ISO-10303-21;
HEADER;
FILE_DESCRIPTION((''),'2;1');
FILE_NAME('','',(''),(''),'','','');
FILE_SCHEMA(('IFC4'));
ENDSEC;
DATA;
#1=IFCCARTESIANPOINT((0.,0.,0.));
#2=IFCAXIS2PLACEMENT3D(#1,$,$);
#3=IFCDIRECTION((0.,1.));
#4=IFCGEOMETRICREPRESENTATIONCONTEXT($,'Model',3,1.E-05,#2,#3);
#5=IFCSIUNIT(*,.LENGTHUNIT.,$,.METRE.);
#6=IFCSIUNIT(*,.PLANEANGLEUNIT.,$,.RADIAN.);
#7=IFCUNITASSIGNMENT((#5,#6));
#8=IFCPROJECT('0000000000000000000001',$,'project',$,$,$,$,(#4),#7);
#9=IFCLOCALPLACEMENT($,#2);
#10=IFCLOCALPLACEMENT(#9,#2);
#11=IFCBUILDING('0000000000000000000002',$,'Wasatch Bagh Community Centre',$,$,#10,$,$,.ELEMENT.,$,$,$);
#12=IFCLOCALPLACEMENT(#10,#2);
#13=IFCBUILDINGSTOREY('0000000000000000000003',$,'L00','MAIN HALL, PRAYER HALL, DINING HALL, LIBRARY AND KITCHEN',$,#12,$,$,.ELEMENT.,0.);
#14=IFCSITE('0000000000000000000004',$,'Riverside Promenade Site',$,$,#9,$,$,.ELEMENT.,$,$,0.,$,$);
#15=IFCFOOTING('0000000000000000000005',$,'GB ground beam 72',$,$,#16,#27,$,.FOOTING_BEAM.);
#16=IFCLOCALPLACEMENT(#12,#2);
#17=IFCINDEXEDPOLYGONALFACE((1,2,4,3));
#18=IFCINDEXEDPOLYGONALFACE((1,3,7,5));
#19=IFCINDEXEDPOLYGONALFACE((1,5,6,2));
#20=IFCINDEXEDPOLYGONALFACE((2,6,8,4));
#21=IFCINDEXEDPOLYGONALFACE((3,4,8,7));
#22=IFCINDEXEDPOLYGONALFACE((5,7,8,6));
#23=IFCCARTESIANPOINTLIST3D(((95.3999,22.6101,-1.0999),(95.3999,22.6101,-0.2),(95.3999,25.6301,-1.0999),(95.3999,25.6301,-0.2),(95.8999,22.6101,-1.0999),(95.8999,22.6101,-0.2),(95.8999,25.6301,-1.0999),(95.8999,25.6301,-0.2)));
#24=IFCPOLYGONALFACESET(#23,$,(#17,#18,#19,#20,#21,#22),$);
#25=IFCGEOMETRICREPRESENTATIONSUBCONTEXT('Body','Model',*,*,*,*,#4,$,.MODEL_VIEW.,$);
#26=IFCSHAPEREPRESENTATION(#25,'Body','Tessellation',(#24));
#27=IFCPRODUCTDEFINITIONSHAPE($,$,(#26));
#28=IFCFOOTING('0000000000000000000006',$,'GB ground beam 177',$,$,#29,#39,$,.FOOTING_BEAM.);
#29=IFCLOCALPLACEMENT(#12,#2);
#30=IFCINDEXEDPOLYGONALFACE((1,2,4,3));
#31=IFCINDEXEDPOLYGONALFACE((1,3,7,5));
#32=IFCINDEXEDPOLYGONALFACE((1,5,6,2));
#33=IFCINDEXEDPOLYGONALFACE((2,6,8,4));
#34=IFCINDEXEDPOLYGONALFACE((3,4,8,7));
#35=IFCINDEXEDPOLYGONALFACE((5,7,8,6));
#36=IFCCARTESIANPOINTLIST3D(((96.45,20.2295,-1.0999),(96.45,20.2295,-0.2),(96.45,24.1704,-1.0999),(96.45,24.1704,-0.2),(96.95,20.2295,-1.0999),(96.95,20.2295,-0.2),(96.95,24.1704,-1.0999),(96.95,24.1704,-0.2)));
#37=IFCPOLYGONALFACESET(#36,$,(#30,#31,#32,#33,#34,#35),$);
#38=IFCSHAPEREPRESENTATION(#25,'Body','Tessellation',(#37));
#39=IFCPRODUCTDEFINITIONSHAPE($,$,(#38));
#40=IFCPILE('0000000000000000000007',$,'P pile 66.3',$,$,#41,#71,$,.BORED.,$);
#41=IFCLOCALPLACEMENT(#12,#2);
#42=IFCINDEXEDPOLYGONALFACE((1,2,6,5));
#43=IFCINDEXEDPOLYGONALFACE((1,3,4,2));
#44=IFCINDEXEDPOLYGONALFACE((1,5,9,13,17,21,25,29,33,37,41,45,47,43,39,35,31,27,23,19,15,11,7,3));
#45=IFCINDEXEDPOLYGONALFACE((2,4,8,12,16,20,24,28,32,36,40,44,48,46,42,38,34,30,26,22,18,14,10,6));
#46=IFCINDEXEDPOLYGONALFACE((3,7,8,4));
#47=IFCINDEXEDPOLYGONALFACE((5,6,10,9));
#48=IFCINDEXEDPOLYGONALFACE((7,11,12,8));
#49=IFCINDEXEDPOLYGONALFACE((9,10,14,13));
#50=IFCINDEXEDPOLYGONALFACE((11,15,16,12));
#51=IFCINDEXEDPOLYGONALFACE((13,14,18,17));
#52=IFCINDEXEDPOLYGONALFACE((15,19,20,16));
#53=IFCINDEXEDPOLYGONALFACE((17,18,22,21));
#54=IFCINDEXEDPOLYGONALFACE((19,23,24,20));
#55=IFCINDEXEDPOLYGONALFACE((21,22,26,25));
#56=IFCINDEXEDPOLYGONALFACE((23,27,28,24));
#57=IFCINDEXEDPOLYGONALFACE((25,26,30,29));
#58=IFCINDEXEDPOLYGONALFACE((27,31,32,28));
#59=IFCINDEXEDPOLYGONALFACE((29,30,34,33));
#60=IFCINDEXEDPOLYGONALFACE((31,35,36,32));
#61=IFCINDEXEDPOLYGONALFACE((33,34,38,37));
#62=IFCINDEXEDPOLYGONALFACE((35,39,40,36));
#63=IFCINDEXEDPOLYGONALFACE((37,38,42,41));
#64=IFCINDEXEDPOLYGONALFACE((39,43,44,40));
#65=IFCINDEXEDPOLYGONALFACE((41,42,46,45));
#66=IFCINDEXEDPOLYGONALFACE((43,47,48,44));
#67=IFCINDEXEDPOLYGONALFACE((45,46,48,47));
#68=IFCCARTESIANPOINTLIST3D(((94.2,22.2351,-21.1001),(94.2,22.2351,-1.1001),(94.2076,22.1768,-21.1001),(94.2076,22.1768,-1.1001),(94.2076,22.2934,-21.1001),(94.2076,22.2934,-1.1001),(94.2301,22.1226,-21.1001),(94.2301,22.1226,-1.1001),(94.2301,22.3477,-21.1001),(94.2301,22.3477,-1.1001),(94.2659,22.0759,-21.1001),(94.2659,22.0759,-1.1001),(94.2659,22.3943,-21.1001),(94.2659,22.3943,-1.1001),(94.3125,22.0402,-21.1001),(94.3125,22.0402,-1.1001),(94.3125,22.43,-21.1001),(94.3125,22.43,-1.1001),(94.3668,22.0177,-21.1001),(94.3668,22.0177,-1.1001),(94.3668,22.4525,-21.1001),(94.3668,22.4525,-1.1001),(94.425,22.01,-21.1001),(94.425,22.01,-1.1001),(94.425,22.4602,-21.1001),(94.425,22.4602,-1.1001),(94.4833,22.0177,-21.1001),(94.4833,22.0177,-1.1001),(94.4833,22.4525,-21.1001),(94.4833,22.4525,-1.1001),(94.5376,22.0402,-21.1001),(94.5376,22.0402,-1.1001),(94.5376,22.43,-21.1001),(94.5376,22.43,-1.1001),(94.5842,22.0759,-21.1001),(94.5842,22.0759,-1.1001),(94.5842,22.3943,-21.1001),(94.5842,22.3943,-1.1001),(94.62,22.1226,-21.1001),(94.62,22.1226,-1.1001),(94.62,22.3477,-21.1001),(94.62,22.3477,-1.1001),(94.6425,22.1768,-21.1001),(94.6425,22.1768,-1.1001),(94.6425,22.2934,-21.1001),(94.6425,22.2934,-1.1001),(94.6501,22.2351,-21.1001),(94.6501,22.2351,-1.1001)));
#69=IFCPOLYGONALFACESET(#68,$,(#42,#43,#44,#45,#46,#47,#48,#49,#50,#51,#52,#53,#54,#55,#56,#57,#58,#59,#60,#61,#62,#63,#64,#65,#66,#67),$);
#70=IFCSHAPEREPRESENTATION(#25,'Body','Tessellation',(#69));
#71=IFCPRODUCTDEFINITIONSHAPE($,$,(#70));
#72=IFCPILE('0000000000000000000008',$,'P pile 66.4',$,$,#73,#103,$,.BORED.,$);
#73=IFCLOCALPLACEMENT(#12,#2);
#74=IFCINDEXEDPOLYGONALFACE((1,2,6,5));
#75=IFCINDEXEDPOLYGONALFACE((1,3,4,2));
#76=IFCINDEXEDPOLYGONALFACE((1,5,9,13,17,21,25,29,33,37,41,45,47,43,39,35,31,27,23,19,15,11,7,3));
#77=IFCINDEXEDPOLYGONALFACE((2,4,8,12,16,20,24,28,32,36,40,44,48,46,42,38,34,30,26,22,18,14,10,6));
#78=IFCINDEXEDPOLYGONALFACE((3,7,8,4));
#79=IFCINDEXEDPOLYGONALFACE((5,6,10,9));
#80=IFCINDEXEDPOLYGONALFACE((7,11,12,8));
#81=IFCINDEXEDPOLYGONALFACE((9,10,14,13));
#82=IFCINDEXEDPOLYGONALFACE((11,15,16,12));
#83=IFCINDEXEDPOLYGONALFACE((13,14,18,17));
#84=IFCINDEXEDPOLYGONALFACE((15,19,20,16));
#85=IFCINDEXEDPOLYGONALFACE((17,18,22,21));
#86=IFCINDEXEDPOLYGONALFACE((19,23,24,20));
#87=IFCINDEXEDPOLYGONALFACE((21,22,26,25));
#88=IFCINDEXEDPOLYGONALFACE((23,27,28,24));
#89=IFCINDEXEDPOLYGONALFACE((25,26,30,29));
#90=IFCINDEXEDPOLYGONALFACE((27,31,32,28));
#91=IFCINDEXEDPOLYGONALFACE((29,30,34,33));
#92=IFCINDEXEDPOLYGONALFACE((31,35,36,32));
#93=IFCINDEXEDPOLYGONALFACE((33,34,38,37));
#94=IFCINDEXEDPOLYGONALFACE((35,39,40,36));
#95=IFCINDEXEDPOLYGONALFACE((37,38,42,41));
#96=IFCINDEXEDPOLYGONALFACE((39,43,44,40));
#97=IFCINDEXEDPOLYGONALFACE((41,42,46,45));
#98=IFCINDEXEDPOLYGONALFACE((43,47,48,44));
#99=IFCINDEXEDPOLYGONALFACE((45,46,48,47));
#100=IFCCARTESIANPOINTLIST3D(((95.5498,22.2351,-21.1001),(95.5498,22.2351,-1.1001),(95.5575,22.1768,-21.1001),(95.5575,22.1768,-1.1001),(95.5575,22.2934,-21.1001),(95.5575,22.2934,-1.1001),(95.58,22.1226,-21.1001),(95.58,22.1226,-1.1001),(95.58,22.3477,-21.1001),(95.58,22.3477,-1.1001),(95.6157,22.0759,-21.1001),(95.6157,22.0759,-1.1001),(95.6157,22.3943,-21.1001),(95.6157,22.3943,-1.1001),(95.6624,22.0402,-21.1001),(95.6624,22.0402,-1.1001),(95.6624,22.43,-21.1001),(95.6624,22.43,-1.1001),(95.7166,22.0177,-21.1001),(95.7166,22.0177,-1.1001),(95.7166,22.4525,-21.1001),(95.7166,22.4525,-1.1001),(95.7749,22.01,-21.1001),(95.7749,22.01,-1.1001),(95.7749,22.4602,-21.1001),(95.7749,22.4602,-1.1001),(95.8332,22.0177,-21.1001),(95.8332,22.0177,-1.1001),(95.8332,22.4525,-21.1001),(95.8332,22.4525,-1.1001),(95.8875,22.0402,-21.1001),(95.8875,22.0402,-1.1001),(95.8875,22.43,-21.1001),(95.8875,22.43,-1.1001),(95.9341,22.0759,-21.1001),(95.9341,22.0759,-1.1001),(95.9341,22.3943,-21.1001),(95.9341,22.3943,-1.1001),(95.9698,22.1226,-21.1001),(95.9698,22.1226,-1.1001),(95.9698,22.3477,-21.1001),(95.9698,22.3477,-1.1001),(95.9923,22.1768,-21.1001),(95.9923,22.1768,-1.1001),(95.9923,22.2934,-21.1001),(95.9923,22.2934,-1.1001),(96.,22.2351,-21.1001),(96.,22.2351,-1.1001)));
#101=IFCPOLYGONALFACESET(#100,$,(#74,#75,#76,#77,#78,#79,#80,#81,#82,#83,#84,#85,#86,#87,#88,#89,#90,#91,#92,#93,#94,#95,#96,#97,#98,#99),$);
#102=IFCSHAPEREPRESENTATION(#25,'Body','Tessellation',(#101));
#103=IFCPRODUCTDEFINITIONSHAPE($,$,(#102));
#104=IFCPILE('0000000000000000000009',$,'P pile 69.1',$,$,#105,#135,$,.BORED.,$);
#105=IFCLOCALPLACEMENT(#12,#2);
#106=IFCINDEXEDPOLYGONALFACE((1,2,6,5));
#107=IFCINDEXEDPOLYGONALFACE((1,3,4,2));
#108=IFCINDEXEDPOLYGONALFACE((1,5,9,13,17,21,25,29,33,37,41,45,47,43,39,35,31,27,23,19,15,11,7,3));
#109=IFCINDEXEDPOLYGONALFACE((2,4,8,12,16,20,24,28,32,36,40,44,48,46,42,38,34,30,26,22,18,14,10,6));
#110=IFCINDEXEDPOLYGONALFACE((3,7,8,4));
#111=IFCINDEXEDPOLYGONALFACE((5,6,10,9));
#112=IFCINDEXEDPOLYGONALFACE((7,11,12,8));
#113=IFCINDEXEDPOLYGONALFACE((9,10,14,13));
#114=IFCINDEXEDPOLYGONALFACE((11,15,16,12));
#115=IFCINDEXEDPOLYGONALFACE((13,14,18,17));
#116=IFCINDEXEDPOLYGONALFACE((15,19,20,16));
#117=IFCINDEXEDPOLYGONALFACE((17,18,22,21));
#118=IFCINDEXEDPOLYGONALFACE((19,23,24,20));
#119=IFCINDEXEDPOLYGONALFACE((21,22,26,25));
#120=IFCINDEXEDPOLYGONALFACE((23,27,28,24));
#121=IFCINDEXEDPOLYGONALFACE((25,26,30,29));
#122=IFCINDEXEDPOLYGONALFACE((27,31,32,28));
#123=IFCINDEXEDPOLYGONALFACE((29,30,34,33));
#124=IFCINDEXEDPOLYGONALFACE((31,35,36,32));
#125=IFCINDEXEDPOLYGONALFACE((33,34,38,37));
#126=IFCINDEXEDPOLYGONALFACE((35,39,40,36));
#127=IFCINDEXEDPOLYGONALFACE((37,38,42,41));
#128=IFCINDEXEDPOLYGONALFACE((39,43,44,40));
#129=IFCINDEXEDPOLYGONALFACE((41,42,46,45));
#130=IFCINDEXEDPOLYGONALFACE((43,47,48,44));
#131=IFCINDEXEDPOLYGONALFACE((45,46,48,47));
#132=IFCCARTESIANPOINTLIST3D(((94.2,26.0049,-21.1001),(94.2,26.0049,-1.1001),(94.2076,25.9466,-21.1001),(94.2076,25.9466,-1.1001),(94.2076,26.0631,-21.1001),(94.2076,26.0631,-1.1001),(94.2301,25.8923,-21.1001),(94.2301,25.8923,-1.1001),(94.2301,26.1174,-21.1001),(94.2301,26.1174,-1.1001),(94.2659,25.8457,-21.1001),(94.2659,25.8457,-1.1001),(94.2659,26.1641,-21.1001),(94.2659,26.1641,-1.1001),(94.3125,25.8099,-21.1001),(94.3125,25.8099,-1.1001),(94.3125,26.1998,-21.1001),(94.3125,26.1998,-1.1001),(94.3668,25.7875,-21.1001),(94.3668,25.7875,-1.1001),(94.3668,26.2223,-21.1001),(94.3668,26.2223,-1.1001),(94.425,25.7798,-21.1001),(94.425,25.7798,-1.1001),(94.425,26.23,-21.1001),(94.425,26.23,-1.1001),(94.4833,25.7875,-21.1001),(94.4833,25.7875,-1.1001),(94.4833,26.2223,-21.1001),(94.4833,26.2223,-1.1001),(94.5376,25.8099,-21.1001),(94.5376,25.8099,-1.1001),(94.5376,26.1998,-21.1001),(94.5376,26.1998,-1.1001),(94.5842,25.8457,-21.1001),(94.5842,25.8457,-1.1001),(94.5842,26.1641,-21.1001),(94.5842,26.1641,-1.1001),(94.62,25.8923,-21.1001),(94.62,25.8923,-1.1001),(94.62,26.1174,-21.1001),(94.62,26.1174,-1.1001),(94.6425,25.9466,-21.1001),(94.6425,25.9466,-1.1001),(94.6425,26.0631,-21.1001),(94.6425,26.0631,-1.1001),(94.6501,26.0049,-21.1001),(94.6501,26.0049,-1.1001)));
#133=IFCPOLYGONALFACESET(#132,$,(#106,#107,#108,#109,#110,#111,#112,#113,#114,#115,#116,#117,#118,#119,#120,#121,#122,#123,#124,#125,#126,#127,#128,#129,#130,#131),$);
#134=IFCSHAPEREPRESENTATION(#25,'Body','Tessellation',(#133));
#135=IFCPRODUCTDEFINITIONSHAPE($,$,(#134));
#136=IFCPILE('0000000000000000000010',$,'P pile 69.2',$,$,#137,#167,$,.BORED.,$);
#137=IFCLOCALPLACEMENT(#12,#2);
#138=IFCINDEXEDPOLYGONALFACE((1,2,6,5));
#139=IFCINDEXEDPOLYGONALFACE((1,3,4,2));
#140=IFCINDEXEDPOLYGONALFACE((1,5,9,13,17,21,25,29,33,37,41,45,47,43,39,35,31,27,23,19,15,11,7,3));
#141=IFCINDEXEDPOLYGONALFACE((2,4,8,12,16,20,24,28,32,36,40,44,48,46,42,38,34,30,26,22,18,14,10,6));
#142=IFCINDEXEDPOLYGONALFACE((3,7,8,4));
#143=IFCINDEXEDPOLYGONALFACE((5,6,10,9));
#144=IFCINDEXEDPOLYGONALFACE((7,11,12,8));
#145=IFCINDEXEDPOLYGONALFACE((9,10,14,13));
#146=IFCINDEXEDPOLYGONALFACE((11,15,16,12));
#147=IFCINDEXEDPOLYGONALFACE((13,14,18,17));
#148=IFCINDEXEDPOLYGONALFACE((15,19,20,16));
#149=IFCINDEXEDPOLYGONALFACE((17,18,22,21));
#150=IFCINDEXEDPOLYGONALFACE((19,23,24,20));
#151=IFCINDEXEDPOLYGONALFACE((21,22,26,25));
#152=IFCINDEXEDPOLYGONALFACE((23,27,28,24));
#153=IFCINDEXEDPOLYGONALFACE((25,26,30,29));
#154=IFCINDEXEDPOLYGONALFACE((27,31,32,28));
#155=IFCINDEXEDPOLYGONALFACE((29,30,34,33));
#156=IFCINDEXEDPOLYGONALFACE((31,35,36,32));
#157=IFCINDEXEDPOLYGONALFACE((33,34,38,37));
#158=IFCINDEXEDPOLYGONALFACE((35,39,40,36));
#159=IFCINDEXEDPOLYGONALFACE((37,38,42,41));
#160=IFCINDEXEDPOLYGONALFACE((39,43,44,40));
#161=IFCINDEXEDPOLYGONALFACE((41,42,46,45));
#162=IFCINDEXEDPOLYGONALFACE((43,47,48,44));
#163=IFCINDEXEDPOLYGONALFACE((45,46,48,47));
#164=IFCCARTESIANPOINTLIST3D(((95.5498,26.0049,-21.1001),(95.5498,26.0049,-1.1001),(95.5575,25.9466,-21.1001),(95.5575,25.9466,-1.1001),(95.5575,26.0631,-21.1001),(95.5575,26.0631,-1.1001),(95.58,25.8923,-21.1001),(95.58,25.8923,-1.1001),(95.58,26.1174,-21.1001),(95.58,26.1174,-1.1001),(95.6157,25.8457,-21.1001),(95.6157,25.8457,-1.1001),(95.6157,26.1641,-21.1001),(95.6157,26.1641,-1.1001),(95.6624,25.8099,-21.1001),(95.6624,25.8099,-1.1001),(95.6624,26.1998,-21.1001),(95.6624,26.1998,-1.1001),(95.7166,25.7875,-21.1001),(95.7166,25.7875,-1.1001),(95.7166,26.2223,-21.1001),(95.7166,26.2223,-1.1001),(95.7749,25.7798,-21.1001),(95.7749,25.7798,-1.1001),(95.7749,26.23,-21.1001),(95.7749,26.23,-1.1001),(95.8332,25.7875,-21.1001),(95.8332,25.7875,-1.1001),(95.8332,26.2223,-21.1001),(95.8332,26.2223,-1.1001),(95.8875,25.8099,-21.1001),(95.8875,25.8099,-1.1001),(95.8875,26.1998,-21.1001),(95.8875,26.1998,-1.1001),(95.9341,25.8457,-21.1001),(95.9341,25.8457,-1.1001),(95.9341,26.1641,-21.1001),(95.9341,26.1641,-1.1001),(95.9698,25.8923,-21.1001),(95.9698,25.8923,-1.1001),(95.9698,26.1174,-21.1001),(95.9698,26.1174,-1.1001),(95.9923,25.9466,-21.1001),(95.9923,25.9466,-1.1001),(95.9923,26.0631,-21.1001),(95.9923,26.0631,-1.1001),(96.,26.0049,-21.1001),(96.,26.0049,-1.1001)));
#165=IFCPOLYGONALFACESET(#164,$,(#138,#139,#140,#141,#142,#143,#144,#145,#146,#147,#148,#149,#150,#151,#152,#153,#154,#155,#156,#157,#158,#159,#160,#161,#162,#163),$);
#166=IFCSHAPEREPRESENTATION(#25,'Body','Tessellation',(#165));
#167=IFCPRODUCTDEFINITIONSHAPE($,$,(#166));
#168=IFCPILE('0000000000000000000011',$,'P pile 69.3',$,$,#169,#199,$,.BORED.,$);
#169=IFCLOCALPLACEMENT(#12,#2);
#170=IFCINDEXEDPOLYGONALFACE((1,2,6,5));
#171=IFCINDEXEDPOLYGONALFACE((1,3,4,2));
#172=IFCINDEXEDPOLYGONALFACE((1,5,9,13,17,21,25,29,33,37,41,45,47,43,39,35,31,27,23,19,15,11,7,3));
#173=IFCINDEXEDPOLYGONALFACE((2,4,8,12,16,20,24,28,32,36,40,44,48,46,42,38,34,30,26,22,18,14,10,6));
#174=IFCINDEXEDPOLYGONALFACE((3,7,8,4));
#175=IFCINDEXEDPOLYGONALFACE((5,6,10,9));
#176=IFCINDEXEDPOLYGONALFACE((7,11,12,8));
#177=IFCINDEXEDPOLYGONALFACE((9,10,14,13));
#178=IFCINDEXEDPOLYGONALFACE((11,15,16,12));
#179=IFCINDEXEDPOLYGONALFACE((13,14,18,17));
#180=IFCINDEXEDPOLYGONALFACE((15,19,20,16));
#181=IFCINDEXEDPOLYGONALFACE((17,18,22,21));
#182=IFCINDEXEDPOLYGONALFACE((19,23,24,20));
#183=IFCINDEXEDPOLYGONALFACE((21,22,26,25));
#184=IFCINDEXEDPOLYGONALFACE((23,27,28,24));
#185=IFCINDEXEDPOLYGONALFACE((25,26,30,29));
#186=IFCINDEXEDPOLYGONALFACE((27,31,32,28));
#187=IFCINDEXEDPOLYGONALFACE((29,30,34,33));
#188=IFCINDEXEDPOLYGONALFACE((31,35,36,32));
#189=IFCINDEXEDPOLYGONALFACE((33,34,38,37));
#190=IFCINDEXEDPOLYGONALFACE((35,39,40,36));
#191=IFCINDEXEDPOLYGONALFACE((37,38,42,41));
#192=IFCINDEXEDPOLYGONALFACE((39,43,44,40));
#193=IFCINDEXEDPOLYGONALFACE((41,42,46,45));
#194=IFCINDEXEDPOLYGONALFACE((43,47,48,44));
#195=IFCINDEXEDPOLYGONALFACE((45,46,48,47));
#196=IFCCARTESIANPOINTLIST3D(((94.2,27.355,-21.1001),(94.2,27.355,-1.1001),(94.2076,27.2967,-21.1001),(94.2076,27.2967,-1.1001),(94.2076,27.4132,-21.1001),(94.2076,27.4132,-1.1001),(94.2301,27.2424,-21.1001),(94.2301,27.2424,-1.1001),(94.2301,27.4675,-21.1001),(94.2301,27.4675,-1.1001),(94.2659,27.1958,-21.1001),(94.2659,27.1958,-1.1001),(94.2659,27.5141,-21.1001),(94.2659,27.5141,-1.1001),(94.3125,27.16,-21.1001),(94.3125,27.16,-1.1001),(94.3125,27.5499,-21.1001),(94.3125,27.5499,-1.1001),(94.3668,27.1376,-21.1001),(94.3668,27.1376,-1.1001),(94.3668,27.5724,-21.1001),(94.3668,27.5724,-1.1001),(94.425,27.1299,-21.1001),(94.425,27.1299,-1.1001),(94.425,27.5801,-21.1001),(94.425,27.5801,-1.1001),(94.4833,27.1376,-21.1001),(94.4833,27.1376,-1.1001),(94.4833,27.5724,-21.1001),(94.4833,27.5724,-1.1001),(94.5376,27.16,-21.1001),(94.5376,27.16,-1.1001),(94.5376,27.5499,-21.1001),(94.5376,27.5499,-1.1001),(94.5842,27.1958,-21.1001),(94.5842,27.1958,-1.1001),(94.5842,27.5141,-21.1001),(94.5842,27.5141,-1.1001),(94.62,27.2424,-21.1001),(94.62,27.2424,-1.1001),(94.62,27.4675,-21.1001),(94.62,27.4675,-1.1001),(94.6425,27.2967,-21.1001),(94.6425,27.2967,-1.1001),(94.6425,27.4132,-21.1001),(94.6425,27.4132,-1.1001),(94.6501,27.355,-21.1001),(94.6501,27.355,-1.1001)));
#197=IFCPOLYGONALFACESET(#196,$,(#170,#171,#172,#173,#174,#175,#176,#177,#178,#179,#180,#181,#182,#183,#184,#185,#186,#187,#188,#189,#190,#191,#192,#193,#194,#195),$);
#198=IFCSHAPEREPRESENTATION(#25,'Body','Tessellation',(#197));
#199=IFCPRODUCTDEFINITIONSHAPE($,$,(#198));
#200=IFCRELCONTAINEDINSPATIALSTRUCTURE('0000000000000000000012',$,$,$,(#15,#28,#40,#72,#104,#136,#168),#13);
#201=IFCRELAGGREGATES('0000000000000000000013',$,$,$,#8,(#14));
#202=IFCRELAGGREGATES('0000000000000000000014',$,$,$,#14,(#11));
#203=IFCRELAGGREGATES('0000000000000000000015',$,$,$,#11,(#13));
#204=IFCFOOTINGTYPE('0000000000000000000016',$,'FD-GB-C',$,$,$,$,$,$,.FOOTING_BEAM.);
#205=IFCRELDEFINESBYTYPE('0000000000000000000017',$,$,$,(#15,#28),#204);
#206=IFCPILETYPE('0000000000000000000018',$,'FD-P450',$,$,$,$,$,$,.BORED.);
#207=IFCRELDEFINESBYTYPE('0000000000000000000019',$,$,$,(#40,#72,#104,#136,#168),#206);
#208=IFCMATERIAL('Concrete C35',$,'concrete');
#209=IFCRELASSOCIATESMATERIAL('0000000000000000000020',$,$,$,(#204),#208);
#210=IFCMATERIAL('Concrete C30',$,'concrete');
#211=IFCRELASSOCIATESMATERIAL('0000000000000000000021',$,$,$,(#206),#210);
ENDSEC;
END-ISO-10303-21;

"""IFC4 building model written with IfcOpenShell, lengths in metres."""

from ifc_helpers import new_model, si_unit, direction, frame, origin, origin_2d, place, context, subcontext, project, spatial, rectangle, circle, extrude, material, material_profile, profile_set, type_object, element, save


model = new_model("IFC4")

# Units and contexts
model_context = context("Model", 3, precision=1e-05, world=origin(), true_north=direction((0.0, 1.0)))
body_context = subcontext(model_context, "Body", "Model", "MODEL_VIEW")
ifc_project = project(units=[si_unit("LENGTHUNIT", "METRE"), si_unit("PLANEANGLEUNIT", "RADIAN")], contexts=[model_context])

# Site, building, storey
site_placement = place(None, origin())
site = spatial("IfcSite", under=ifc_project, at=site_placement, Name="Riverside Promenade Site", CompositionType="ELEMENT", RefElevation=0.0)
building_placement = place(site_placement, origin())
building = spatial("IfcBuilding", under=site, at=building_placement, Name="Wasatch Bagh Community Centre", CompositionType="ELEMENT")
storey_placement = place(building_placement, origin())
storey = spatial("IfcBuildingStorey", under=building, at=storey_placement, Name="L00", Description="MAIN HALL, PRAYER HALL, DINING HALL, LIBRARY AND KITCHEN", CompositionType="ELEMENT", Elevation=0.0)

# Footings
ifc_material_1 = material(Name="Concrete C35", Category="concrete")
footing_type_1 = type_object("IfcFootingType", Name="FD-GB-C", PredefinedType="FOOTING_BEAM", material=ifc_material_1)
footing_1_placement = place(storey_placement, frame((95.6499, 24.1201, -1.0999), z_axis=(0.0, 0.0, 1.0), x_axis=(0.0, 1.0, 0.0)))
element("IfcFooting", 1, at=footing_1_placement, inside=storey, type_object=footing_type_1, Name="GB ground beam 72", PredefinedType="FOOTING_BEAM", context=body_context, shape_type="SweptSolid", body=[
    extrude(rectangle(XDim=3.02, YDim=0.5, at=origin_2d()), origin(), (0.0, 0.0, 1.0), 0.8999),
])
footing_2_placement = place(storey_placement, frame((96.7, 22.2, -1.0999), z_axis=(0.0, 0.0, 1.0), x_axis=(0.0, 1.0, 0.0)))
element("IfcFooting", 2, at=footing_2_placement, inside=storey, type_object=footing_type_1, Name="GB ground beam 177", PredefinedType="FOOTING_BEAM", context=body_context, shape_type="SweptSolid", body=[
    extrude(rectangle(XDim=3.9409, YDim=0.5, at=origin_2d()), origin(), (0.0, 0.0, 1.0), 0.8999),
])

# Piles
ifc_material_2 = material(Name="Concrete C30", Category="concrete")
ifc_material_profile_1 = material_profile(ifc_material_2, circle(Radius=0.2251, at=origin_2d()), Name="RC D450")
ifc_profile_set_1 = profile_set([ifc_material_profile_1], Name="Concrete C30")
pile_type = type_object("IfcPileType", Name="FD-P450", PredefinedType="BORED", material=ifc_profile_set_1)
for number, where, z_axis, x_axis, name in (
    (3, (94.425, 22.2351, -1.1001), (0.0, 0.0, -1.0), (1.0, 0.0, 0.0), "P pile 66.3"),
    (4, (95.7749, 22.2351, -1.1001), (0.0, 0.0, -1.0), (1.0, 0.0, 0.0), "P pile 66.4"),
    (5, (94.425, 26.0049, -1.1001), (0.0, 0.0, -1.0), (1.0, 0.0, 0.0), "P pile 69.1"),
    (6, (95.7749, 26.0049, -1.1001), (0.0, 0.0, -1.0), (1.0, 0.0, 0.0), "P pile 69.2"),
    (7, (94.425, 27.355, -1.1001), (0.0, 0.0, -1.0), (1.0, 0.0, 0.0), "P pile 69.3"),
):
    element("IfcPile", number, at=place(storey_placement, frame(where, z_axis=z_axis, x_axis=x_axis)), inside=storey, type_object=pile_type, Name=name, PredefinedType="BORED", context=body_context, shape_type="SweptSolid", body=[
        extrude(circle(Radius=0.2251, at=origin_2d()), origin(), (0.0, 0.0, 1.0), 20.0),
    ])

save(model, "model.ifc")
